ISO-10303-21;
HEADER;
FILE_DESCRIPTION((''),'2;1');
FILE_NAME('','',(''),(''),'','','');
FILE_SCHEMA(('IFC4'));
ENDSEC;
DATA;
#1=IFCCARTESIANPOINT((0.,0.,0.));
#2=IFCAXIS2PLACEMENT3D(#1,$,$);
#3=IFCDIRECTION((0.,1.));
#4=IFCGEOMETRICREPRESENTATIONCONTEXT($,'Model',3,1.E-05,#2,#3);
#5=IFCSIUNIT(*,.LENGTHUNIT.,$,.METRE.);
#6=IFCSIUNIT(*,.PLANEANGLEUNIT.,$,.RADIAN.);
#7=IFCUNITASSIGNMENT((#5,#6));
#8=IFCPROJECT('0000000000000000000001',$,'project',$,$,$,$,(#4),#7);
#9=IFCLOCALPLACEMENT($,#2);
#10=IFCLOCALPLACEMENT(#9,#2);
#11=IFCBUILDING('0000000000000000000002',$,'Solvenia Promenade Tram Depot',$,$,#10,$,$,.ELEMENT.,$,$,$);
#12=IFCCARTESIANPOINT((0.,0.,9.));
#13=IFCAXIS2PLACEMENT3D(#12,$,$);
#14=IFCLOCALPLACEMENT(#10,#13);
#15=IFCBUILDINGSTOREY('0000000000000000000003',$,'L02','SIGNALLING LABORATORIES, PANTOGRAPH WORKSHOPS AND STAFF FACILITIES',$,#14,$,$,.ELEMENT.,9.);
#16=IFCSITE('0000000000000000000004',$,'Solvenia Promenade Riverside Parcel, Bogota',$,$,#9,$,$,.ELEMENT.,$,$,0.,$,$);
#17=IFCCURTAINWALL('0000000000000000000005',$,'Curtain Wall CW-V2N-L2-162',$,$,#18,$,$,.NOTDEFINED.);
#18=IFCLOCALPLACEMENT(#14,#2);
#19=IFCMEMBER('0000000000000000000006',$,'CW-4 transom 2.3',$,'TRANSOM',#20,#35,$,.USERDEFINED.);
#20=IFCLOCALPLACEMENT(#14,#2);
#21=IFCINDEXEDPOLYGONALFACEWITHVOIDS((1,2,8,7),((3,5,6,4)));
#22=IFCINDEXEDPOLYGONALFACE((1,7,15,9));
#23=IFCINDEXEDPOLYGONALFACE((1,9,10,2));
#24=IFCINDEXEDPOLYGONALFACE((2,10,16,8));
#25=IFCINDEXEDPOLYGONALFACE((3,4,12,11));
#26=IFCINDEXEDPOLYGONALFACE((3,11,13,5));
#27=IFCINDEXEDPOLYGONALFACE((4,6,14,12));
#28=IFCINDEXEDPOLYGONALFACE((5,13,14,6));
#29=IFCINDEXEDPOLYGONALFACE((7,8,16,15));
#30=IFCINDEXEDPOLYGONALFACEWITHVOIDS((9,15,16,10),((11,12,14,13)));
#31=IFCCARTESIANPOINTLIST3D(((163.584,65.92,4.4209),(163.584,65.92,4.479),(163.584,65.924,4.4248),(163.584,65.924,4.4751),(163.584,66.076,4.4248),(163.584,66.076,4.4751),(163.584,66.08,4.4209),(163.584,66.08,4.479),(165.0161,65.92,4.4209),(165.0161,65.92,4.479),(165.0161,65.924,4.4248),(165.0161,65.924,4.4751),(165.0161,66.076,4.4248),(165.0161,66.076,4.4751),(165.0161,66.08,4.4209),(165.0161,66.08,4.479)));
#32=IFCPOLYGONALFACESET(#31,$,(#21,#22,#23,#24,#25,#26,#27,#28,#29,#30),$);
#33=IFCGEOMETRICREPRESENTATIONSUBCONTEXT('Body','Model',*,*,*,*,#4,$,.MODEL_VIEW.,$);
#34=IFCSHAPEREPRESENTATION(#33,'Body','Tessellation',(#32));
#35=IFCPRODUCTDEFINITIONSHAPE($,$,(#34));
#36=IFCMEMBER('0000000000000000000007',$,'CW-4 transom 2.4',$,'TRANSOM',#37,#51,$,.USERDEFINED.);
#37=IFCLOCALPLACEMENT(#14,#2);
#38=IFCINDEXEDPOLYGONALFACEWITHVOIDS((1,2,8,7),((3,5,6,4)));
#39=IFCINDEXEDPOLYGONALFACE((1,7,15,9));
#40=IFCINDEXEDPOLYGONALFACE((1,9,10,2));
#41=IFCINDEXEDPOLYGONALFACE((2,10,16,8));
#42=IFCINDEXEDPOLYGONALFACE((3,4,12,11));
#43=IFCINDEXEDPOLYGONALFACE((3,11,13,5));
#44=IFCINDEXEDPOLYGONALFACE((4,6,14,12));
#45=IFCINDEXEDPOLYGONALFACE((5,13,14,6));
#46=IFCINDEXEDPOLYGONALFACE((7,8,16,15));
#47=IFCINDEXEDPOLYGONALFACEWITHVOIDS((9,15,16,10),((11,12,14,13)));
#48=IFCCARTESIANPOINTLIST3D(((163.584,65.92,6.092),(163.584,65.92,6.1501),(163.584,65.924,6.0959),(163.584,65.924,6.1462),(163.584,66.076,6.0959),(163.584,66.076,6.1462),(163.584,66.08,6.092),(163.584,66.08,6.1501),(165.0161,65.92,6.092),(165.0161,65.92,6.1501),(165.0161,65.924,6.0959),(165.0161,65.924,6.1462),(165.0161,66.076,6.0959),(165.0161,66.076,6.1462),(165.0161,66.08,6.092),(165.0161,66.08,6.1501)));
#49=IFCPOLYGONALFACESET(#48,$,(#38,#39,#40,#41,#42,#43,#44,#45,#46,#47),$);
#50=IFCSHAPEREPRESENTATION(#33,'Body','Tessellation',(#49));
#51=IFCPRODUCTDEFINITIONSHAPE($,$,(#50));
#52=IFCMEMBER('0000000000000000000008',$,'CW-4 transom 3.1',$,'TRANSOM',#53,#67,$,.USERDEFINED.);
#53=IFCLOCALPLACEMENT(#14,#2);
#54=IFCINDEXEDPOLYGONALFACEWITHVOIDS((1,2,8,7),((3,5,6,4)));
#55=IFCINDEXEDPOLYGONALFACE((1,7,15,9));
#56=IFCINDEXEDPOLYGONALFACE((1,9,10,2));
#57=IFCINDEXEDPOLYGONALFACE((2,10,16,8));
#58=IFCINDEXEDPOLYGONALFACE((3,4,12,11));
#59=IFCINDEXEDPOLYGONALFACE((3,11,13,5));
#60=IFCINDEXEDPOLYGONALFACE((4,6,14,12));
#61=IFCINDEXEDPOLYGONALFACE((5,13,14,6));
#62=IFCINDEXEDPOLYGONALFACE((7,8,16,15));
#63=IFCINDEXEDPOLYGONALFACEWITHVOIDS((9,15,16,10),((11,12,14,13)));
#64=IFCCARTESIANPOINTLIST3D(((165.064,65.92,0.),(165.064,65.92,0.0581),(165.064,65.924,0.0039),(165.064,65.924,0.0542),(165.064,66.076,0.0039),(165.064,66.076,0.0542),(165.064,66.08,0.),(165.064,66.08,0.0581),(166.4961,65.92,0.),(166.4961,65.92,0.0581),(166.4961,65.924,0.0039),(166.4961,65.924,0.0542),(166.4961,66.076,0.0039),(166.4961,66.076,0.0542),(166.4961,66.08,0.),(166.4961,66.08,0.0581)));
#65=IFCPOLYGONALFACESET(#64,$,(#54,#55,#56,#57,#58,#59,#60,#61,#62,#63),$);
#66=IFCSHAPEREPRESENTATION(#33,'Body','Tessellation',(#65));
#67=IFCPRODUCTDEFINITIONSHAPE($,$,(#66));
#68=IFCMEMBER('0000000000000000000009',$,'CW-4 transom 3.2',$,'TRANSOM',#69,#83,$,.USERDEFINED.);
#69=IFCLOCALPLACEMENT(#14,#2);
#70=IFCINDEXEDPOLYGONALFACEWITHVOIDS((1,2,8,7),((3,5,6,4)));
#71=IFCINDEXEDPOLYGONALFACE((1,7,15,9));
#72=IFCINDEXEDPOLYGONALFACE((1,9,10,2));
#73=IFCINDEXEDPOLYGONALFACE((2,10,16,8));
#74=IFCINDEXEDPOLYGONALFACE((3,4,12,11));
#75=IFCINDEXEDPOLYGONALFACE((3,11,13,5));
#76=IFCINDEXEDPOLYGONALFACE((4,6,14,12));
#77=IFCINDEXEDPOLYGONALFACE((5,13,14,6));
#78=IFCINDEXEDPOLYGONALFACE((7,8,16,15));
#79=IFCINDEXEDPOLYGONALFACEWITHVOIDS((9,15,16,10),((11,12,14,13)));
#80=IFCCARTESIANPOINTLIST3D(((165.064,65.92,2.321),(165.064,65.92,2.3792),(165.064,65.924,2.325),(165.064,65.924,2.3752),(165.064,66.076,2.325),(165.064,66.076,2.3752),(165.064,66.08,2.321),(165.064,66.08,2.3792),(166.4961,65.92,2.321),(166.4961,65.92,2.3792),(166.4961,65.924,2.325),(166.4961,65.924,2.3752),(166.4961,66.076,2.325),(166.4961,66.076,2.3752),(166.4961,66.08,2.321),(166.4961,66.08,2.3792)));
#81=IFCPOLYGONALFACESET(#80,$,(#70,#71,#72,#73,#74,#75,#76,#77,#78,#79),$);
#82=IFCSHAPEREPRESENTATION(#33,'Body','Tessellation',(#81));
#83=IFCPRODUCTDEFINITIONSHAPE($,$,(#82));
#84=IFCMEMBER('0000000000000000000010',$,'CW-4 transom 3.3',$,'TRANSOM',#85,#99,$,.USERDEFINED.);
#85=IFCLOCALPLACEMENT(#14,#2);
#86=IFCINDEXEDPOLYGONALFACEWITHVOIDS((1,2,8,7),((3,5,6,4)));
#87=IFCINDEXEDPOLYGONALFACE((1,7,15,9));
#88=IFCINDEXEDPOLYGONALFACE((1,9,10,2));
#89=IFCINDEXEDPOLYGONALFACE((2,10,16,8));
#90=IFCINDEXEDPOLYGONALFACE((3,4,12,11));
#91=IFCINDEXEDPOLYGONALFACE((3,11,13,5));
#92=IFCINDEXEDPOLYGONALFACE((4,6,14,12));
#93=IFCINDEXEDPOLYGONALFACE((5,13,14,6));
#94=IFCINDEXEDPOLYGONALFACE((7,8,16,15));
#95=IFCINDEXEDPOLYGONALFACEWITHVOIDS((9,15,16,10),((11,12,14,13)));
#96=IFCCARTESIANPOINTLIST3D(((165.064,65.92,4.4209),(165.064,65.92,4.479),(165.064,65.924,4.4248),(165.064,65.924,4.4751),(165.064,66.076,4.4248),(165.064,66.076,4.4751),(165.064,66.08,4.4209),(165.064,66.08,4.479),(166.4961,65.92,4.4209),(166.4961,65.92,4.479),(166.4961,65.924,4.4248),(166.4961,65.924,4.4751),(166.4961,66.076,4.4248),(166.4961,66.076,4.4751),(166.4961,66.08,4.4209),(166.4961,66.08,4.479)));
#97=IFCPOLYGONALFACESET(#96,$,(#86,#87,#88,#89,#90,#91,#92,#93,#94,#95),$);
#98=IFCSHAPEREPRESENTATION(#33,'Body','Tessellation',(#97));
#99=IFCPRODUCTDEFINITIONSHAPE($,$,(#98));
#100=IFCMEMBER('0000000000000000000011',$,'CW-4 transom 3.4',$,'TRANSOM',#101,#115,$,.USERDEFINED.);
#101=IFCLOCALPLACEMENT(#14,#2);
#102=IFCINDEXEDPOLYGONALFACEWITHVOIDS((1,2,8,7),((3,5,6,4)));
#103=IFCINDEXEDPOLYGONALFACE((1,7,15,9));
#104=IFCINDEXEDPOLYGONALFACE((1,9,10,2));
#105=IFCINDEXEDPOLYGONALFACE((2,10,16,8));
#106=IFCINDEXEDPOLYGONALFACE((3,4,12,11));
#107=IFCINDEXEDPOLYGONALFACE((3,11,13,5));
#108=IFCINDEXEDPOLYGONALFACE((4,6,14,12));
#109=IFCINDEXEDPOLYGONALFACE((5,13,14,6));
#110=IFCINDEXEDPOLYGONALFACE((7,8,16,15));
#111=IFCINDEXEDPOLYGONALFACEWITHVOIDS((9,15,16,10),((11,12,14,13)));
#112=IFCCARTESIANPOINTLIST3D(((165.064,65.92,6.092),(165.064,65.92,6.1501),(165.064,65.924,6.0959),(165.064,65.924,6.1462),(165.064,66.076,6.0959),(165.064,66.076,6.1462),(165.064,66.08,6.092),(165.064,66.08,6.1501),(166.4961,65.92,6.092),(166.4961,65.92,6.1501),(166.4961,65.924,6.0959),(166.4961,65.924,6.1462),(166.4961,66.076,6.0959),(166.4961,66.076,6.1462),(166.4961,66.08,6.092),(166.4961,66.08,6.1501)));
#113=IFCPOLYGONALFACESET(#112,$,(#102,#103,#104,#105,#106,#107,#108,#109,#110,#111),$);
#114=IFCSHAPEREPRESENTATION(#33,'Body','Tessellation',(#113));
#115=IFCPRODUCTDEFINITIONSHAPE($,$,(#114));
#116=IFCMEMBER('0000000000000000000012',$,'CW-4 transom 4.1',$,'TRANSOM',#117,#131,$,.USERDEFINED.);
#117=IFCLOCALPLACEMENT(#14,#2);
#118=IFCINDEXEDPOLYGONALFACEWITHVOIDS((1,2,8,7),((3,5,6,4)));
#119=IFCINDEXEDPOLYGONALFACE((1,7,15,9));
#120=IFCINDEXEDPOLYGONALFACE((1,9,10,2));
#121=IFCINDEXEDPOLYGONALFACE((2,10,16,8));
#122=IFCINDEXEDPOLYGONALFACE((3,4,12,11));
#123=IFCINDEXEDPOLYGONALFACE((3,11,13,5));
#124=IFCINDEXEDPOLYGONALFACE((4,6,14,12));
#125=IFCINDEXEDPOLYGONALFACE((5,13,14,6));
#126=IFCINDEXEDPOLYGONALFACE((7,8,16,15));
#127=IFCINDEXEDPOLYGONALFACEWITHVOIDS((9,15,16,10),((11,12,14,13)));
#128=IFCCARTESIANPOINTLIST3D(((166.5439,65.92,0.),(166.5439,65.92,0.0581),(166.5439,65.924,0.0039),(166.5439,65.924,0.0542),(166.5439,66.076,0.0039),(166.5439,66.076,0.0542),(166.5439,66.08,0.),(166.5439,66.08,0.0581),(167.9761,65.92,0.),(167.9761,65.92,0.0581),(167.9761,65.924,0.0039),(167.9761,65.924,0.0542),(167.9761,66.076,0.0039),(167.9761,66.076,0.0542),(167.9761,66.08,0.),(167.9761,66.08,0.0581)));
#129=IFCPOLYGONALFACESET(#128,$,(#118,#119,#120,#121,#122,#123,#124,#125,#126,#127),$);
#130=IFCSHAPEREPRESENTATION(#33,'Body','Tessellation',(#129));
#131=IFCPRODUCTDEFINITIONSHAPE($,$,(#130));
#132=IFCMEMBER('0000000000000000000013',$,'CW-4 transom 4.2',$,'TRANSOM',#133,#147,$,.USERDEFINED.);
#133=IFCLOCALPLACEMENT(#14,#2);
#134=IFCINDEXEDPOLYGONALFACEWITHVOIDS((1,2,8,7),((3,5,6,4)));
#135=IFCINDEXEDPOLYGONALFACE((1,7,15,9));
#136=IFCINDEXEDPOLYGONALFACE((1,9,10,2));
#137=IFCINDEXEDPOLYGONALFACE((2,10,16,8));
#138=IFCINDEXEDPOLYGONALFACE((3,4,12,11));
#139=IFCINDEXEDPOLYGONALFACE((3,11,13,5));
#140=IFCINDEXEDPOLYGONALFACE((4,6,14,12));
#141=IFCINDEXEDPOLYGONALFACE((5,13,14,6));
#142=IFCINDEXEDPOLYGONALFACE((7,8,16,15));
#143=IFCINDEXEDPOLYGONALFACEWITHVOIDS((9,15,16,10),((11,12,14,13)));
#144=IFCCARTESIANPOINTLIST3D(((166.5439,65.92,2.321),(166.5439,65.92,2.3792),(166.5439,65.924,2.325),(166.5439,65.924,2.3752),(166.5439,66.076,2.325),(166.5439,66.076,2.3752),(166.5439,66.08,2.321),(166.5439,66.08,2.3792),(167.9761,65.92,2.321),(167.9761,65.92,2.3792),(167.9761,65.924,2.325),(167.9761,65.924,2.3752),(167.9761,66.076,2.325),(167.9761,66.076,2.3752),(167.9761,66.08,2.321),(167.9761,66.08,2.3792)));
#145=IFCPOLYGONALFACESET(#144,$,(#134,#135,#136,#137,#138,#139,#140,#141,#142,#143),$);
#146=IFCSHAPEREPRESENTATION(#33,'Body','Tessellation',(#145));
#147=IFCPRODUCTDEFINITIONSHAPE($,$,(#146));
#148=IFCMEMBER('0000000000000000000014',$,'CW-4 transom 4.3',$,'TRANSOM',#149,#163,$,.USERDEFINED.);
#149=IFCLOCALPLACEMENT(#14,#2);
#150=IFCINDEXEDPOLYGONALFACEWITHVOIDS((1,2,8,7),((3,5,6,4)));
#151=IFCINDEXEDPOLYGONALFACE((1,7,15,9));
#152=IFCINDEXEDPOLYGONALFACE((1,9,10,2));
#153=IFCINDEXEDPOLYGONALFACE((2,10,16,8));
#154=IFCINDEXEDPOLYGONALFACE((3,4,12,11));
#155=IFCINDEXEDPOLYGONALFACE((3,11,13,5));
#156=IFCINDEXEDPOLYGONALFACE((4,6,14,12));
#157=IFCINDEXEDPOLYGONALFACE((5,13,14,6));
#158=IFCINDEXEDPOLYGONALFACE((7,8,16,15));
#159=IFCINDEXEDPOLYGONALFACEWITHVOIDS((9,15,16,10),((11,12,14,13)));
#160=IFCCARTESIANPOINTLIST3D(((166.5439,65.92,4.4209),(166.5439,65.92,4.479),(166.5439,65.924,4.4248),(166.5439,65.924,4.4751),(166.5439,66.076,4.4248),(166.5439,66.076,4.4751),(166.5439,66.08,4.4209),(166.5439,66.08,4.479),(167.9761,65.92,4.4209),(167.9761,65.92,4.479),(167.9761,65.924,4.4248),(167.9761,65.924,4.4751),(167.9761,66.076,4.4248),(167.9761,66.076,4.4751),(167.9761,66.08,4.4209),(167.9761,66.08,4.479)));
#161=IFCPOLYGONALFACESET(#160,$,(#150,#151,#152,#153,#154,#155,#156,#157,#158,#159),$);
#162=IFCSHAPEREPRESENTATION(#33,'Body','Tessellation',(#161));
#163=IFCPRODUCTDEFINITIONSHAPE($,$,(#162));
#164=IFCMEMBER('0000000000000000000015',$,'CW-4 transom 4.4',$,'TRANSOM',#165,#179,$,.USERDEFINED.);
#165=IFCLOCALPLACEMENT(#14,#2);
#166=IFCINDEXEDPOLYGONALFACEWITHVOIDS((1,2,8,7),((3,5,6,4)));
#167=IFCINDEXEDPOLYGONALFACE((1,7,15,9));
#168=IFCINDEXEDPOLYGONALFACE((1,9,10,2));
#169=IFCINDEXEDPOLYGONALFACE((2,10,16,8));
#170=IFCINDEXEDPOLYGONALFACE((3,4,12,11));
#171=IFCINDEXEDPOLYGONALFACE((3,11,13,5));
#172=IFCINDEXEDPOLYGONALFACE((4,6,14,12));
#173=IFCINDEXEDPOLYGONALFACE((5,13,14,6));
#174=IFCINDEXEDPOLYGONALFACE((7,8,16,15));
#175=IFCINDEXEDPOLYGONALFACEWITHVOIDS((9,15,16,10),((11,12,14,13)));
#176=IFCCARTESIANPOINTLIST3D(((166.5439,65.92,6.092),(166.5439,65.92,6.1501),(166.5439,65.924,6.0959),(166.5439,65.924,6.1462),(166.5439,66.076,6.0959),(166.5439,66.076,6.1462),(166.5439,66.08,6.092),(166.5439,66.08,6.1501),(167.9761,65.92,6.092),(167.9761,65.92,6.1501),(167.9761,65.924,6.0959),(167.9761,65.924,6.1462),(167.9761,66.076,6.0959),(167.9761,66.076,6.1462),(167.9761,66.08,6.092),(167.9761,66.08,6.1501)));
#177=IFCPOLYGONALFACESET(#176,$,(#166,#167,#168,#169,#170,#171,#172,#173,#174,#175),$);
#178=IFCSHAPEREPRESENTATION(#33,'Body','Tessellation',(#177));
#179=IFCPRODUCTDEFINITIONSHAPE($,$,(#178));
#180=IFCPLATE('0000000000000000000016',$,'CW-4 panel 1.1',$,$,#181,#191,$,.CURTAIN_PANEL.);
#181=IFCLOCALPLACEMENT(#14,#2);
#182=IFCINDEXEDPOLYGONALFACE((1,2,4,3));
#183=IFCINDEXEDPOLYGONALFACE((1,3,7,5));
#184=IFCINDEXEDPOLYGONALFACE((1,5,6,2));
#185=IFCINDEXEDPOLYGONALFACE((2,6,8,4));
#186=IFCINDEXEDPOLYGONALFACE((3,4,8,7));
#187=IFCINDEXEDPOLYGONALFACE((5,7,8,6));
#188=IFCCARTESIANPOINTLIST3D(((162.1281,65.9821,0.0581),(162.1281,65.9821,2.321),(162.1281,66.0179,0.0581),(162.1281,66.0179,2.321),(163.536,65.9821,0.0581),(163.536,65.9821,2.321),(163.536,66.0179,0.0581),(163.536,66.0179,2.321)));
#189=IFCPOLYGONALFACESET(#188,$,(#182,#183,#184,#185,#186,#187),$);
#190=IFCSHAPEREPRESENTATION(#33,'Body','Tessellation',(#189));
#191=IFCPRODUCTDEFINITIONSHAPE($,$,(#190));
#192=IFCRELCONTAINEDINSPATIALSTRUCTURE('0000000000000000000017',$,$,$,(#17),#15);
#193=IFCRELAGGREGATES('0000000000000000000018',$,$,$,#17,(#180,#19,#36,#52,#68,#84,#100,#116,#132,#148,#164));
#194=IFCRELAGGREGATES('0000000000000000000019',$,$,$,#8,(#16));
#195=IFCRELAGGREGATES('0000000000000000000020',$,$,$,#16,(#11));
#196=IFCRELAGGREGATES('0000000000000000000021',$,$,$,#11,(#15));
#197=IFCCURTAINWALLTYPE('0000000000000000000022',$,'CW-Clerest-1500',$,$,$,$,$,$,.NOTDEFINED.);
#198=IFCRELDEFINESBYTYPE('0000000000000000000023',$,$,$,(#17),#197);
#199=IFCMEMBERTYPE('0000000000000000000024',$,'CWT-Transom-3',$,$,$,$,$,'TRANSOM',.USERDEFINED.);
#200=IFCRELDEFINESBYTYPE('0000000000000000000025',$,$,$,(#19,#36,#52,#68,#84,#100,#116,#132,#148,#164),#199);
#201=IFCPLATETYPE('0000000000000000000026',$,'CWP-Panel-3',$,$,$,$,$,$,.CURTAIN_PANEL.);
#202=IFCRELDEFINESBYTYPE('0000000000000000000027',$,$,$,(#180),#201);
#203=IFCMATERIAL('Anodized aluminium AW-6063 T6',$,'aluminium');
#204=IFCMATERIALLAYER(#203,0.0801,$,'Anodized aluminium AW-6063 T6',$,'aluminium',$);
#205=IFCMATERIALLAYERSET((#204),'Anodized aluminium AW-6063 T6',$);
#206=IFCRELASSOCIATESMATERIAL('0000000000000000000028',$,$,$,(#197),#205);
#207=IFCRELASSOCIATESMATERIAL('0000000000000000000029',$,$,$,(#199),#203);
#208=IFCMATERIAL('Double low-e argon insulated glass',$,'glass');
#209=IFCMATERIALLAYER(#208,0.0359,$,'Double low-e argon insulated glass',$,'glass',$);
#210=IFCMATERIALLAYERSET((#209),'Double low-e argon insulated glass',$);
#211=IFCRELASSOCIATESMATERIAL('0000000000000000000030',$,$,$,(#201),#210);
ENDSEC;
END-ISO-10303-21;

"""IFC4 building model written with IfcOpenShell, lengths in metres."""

from ifc_helpers import new_model, si_unit, direction, frame, origin, origin_2d, place, context, subcontext, project, spatial, rectangle, hollow_rectangle, extrude, material, layer, layer_set, material_profile, profile_set, type_object, element, aggregate, save


model = new_model("IFC4")

# Units and contexts
model_context = context("Model", 3, precision=1e-05, world=origin(), true_north=direction((0.0, 1.0)))
body_context = subcontext(model_context, "Body", "Model", "MODEL_VIEW")
ifc_project = project(units=[si_unit("LENGTHUNIT", "METRE"), si_unit("PLANEANGLEUNIT", "RADIAN")], contexts=[model_context])

# Site, building, storey
site_placement = place(None, origin())
site = spatial("IfcSite", under=ifc_project, at=site_placement, Name="Solvenia Promenade Riverside Parcel, Bogota", CompositionType="ELEMENT", RefElevation=0.0)
building_placement = place(site_placement, origin())
building = spatial("IfcBuilding", under=site, at=building_placement, Name="Solvenia Promenade Tram Depot", CompositionType="ELEMENT")
storey_placement = place(building_placement, frame((0.0, 0.0, 9.0)))
storey = spatial("IfcBuildingStorey", under=building, at=storey_placement, Name="L02", Description="SIGNALLING LABORATORIES, PANTOGRAPH WORKSHOPS AND STAFF FACILITIES", CompositionType="ELEMENT", Elevation=9.0)

# Curtain wall, members, plate
ifc_material_1 = material(Name="Anodized aluminium AW-6063 T6", Category="aluminium")
ifc_layer_1 = layer(ifc_material_1, 0.0801, Name="Anodized aluminium AW-6063 T6", Category="aluminium")
ifc_layer_set_1 = layer_set([ifc_layer_1], Name="Anodized aluminium AW-6063 T6")
curtain_wall_type = type_object("IfcCurtainWallType", Name="CW-Clerest-1500", PredefinedType="NOTDEFINED", material=ifc_layer_set_1)
curtain_wall_placement = place(storey_placement, origin())
curtain_wall = element("IfcCurtainWall", 1, at=curtain_wall_placement, inside=storey, type_object=curtain_wall_type, Name="Curtain Wall CW-V2N-L2-162", PredefinedType="NOTDEFINED")
ifc_material_profile_1 = material_profile(ifc_material_1, hollow_rectangle(XDim=0.1599, YDim=0.0581, WallThickness=0.0039, at=origin_2d()), Name="ALU-T3", Category="aluminium")
ifc_profile_set_1 = profile_set([ifc_material_profile_1], Name="Anodized aluminium AW-6063 T6")
member_type_1 = type_object("IfcMemberType", Name="CWT-Transom-3", ElementType="TRANSOM", PredefinedType="USERDEFINED", material=ifc_profile_set_1)
member_1_placement = place(storey_placement, frame((163.584, 66.0, 4.45), z_axis=(1.0, 0.0, 0.0), x_axis=(0.0, 1.0, 0.0)))
member_1 = element("IfcMember", 2, at=member_1_placement, type_object=member_type_1, Name="CW-4 transom 2.3", ObjectType="TRANSOM", PredefinedType="USERDEFINED", context=body_context, shape_type="SweptSolid", body=[
    extrude(hollow_rectangle(XDim=0.1599, YDim=0.0581, WallThickness=0.0039, at=origin_2d()), origin(), (0.0, 0.0, 1.0), 1.4321),
])
member_2_placement = place(storey_placement, frame((163.584, 66.0, 6.1211), z_axis=(1.0, 0.0, 0.0), x_axis=(0.0, 1.0, 0.0)))
member_2 = element("IfcMember", 3, at=member_2_placement, type_object=member_type_1, Name="CW-4 transom 2.4", ObjectType="TRANSOM", PredefinedType="USERDEFINED", context=body_context, shape_type="SweptSolid", body=[
    extrude(hollow_rectangle(XDim=0.1599, YDim=0.0581, WallThickness=0.0039, at=origin_2d()), origin(), (0.0, 0.0, 1.0), 1.4321),
])
member_3_placement = place(storey_placement, frame((165.064, 66.0, 0.0291), z_axis=(1.0, 0.0, 0.0), x_axis=(0.0, 1.0, 0.0)))
member_3 = element("IfcMember", 4, at=member_3_placement, type_object=member_type_1, Name="CW-4 transom 3.1", ObjectType="TRANSOM", PredefinedType="USERDEFINED", context=body_context, shape_type="SweptSolid", body=[
    extrude(hollow_rectangle(XDim=0.1599, YDim=0.0581, WallThickness=0.0039, at=origin_2d()), origin(), (0.0, 0.0, 1.0), 1.4321),
])
member_4_placement = place(storey_placement, frame((165.064, 66.0, 2.3501), z_axis=(1.0, 0.0, 0.0), x_axis=(0.0, 1.0, 0.0)))
member_4 = element("IfcMember", 5, at=member_4_placement, type_object=member_type_1, Name="CW-4 transom 3.2", ObjectType="TRANSOM", PredefinedType="USERDEFINED", context=body_context, shape_type="SweptSolid", body=[
    extrude(hollow_rectangle(XDim=0.1599, YDim=0.0581, WallThickness=0.0039, at=origin_2d()), origin(), (0.0, 0.0, 1.0), 1.4321),
])
member_5_placement = place(storey_placement, frame((165.064, 66.0, 4.45), z_axis=(1.0, 0.0, 0.0), x_axis=(0.0, 1.0, 0.0)))
member_5 = element("IfcMember", 6, at=member_5_placement, type_object=member_type_1, Name="CW-4 transom 3.3", ObjectType="TRANSOM", PredefinedType="USERDEFINED", context=body_context, shape_type="SweptSolid", body=[
    extrude(hollow_rectangle(XDim=0.1599, YDim=0.0581, WallThickness=0.0039, at=origin_2d()), origin(), (0.0, 0.0, 1.0), 1.4321),
])
member_6_placement = place(storey_placement, frame((165.064, 66.0, 6.1211), z_axis=(1.0, 0.0, 0.0), x_axis=(0.0, 1.0, 0.0)))
member_6 = element("IfcMember", 7, at=member_6_placement, type_object=member_type_1, Name="CW-4 transom 3.4", ObjectType="TRANSOM", PredefinedType="USERDEFINED", context=body_context, shape_type="SweptSolid", body=[
    extrude(hollow_rectangle(XDim=0.1599, YDim=0.0581, WallThickness=0.0039, at=origin_2d()), origin(), (0.0, 0.0, 1.0), 1.4321),
])
member_7_placement = place(storey_placement, frame((166.5439, 66.0, 0.0291), z_axis=(1.0, 0.0, 0.0), x_axis=(0.0, 1.0, 0.0)))
member_7 = element("IfcMember", 8, at=member_7_placement, type_object=member_type_1, Name="CW-4 transom 4.1", ObjectType="TRANSOM", PredefinedType="USERDEFINED", context=body_context, shape_type="SweptSolid", body=[
    extrude(hollow_rectangle(XDim=0.1599, YDim=0.0581, WallThickness=0.0039, at=origin_2d()), origin(), (0.0, 0.0, 1.0), 1.4321),
])
member_8_placement = place(storey_placement, frame((166.5439, 66.0, 2.3501), z_axis=(1.0, 0.0, 0.0), x_axis=(0.0, 1.0, 0.0)))
member_8 = element("IfcMember", 9, at=member_8_placement, type_object=member_type_1, Name="CW-4 transom 4.2", ObjectType="TRANSOM", PredefinedType="USERDEFINED", context=body_context, shape_type="SweptSolid", body=[
    extrude(hollow_rectangle(XDim=0.1599, YDim=0.0581, WallThickness=0.0039, at=origin_2d()), origin(), (0.0, 0.0, 1.0), 1.4321),
])
member_9_placement = place(storey_placement, frame((166.5439, 66.0, 4.45), z_axis=(1.0, 0.0, 0.0), x_axis=(0.0, 1.0, 0.0)))
member_9 = element("IfcMember", 10, at=member_9_placement, type_object=member_type_1, Name="CW-4 transom 4.3", ObjectType="TRANSOM", PredefinedType="USERDEFINED", context=body_context, shape_type="SweptSolid", body=[
    extrude(hollow_rectangle(XDim=0.1599, YDim=0.0581, WallThickness=0.0039, at=origin_2d()), origin(), (0.0, 0.0, 1.0), 1.4321),
])
member_10_placement = place(storey_placement, frame((166.5439, 66.0, 6.1211), z_axis=(1.0, 0.0, 0.0), x_axis=(0.0, 1.0, 0.0)))
member_10 = element("IfcMember", 11, at=member_10_placement, type_object=member_type_1, Name="CW-4 transom 4.4", ObjectType="TRANSOM", PredefinedType="USERDEFINED", context=body_context, shape_type="SweptSolid", body=[
    extrude(hollow_rectangle(XDim=0.1599, YDim=0.0581, WallThickness=0.0039, at=origin_2d()), origin(), (0.0, 0.0, 1.0), 1.4321),
])
ifc_material_2 = material(Name="Double low-e argon insulated glass", Category="glass")
ifc_layer_2 = layer(ifc_material_2, 0.0359, Name="Double low-e argon insulated glass", Category="glass")
ifc_layer_set_2 = layer_set([ifc_layer_2], Name="Double low-e argon insulated glass")
plate_type = type_object("IfcPlateType", Name="CWP-Panel-3", PredefinedType="CURTAIN_PANEL", material=ifc_layer_set_2)
plate_1_placement = place(storey_placement, frame((162.832, 66.0, 0.0581), z_axis=(0.0, 0.0, 1.0), x_axis=(1.0, 0.0, 0.0)))
plate_1 = element("IfcPlate", 12, at=plate_1_placement, type_object=plate_type, Name="CW-4 panel 1.1", PredefinedType="CURTAIN_PANEL", context=body_context, shape_type="SweptSolid", body=[
    extrude(rectangle(XDim=1.408, YDim=0.0359, at=origin_2d()), origin(), (0.0, 0.0, 1.0), 2.2629),
])
aggregate(curtain_wall, [plate_1, member_1, member_2, member_3, member_4, member_5, member_6, member_7, member_8, member_9, member_10])

save(model, "model.ifc")
